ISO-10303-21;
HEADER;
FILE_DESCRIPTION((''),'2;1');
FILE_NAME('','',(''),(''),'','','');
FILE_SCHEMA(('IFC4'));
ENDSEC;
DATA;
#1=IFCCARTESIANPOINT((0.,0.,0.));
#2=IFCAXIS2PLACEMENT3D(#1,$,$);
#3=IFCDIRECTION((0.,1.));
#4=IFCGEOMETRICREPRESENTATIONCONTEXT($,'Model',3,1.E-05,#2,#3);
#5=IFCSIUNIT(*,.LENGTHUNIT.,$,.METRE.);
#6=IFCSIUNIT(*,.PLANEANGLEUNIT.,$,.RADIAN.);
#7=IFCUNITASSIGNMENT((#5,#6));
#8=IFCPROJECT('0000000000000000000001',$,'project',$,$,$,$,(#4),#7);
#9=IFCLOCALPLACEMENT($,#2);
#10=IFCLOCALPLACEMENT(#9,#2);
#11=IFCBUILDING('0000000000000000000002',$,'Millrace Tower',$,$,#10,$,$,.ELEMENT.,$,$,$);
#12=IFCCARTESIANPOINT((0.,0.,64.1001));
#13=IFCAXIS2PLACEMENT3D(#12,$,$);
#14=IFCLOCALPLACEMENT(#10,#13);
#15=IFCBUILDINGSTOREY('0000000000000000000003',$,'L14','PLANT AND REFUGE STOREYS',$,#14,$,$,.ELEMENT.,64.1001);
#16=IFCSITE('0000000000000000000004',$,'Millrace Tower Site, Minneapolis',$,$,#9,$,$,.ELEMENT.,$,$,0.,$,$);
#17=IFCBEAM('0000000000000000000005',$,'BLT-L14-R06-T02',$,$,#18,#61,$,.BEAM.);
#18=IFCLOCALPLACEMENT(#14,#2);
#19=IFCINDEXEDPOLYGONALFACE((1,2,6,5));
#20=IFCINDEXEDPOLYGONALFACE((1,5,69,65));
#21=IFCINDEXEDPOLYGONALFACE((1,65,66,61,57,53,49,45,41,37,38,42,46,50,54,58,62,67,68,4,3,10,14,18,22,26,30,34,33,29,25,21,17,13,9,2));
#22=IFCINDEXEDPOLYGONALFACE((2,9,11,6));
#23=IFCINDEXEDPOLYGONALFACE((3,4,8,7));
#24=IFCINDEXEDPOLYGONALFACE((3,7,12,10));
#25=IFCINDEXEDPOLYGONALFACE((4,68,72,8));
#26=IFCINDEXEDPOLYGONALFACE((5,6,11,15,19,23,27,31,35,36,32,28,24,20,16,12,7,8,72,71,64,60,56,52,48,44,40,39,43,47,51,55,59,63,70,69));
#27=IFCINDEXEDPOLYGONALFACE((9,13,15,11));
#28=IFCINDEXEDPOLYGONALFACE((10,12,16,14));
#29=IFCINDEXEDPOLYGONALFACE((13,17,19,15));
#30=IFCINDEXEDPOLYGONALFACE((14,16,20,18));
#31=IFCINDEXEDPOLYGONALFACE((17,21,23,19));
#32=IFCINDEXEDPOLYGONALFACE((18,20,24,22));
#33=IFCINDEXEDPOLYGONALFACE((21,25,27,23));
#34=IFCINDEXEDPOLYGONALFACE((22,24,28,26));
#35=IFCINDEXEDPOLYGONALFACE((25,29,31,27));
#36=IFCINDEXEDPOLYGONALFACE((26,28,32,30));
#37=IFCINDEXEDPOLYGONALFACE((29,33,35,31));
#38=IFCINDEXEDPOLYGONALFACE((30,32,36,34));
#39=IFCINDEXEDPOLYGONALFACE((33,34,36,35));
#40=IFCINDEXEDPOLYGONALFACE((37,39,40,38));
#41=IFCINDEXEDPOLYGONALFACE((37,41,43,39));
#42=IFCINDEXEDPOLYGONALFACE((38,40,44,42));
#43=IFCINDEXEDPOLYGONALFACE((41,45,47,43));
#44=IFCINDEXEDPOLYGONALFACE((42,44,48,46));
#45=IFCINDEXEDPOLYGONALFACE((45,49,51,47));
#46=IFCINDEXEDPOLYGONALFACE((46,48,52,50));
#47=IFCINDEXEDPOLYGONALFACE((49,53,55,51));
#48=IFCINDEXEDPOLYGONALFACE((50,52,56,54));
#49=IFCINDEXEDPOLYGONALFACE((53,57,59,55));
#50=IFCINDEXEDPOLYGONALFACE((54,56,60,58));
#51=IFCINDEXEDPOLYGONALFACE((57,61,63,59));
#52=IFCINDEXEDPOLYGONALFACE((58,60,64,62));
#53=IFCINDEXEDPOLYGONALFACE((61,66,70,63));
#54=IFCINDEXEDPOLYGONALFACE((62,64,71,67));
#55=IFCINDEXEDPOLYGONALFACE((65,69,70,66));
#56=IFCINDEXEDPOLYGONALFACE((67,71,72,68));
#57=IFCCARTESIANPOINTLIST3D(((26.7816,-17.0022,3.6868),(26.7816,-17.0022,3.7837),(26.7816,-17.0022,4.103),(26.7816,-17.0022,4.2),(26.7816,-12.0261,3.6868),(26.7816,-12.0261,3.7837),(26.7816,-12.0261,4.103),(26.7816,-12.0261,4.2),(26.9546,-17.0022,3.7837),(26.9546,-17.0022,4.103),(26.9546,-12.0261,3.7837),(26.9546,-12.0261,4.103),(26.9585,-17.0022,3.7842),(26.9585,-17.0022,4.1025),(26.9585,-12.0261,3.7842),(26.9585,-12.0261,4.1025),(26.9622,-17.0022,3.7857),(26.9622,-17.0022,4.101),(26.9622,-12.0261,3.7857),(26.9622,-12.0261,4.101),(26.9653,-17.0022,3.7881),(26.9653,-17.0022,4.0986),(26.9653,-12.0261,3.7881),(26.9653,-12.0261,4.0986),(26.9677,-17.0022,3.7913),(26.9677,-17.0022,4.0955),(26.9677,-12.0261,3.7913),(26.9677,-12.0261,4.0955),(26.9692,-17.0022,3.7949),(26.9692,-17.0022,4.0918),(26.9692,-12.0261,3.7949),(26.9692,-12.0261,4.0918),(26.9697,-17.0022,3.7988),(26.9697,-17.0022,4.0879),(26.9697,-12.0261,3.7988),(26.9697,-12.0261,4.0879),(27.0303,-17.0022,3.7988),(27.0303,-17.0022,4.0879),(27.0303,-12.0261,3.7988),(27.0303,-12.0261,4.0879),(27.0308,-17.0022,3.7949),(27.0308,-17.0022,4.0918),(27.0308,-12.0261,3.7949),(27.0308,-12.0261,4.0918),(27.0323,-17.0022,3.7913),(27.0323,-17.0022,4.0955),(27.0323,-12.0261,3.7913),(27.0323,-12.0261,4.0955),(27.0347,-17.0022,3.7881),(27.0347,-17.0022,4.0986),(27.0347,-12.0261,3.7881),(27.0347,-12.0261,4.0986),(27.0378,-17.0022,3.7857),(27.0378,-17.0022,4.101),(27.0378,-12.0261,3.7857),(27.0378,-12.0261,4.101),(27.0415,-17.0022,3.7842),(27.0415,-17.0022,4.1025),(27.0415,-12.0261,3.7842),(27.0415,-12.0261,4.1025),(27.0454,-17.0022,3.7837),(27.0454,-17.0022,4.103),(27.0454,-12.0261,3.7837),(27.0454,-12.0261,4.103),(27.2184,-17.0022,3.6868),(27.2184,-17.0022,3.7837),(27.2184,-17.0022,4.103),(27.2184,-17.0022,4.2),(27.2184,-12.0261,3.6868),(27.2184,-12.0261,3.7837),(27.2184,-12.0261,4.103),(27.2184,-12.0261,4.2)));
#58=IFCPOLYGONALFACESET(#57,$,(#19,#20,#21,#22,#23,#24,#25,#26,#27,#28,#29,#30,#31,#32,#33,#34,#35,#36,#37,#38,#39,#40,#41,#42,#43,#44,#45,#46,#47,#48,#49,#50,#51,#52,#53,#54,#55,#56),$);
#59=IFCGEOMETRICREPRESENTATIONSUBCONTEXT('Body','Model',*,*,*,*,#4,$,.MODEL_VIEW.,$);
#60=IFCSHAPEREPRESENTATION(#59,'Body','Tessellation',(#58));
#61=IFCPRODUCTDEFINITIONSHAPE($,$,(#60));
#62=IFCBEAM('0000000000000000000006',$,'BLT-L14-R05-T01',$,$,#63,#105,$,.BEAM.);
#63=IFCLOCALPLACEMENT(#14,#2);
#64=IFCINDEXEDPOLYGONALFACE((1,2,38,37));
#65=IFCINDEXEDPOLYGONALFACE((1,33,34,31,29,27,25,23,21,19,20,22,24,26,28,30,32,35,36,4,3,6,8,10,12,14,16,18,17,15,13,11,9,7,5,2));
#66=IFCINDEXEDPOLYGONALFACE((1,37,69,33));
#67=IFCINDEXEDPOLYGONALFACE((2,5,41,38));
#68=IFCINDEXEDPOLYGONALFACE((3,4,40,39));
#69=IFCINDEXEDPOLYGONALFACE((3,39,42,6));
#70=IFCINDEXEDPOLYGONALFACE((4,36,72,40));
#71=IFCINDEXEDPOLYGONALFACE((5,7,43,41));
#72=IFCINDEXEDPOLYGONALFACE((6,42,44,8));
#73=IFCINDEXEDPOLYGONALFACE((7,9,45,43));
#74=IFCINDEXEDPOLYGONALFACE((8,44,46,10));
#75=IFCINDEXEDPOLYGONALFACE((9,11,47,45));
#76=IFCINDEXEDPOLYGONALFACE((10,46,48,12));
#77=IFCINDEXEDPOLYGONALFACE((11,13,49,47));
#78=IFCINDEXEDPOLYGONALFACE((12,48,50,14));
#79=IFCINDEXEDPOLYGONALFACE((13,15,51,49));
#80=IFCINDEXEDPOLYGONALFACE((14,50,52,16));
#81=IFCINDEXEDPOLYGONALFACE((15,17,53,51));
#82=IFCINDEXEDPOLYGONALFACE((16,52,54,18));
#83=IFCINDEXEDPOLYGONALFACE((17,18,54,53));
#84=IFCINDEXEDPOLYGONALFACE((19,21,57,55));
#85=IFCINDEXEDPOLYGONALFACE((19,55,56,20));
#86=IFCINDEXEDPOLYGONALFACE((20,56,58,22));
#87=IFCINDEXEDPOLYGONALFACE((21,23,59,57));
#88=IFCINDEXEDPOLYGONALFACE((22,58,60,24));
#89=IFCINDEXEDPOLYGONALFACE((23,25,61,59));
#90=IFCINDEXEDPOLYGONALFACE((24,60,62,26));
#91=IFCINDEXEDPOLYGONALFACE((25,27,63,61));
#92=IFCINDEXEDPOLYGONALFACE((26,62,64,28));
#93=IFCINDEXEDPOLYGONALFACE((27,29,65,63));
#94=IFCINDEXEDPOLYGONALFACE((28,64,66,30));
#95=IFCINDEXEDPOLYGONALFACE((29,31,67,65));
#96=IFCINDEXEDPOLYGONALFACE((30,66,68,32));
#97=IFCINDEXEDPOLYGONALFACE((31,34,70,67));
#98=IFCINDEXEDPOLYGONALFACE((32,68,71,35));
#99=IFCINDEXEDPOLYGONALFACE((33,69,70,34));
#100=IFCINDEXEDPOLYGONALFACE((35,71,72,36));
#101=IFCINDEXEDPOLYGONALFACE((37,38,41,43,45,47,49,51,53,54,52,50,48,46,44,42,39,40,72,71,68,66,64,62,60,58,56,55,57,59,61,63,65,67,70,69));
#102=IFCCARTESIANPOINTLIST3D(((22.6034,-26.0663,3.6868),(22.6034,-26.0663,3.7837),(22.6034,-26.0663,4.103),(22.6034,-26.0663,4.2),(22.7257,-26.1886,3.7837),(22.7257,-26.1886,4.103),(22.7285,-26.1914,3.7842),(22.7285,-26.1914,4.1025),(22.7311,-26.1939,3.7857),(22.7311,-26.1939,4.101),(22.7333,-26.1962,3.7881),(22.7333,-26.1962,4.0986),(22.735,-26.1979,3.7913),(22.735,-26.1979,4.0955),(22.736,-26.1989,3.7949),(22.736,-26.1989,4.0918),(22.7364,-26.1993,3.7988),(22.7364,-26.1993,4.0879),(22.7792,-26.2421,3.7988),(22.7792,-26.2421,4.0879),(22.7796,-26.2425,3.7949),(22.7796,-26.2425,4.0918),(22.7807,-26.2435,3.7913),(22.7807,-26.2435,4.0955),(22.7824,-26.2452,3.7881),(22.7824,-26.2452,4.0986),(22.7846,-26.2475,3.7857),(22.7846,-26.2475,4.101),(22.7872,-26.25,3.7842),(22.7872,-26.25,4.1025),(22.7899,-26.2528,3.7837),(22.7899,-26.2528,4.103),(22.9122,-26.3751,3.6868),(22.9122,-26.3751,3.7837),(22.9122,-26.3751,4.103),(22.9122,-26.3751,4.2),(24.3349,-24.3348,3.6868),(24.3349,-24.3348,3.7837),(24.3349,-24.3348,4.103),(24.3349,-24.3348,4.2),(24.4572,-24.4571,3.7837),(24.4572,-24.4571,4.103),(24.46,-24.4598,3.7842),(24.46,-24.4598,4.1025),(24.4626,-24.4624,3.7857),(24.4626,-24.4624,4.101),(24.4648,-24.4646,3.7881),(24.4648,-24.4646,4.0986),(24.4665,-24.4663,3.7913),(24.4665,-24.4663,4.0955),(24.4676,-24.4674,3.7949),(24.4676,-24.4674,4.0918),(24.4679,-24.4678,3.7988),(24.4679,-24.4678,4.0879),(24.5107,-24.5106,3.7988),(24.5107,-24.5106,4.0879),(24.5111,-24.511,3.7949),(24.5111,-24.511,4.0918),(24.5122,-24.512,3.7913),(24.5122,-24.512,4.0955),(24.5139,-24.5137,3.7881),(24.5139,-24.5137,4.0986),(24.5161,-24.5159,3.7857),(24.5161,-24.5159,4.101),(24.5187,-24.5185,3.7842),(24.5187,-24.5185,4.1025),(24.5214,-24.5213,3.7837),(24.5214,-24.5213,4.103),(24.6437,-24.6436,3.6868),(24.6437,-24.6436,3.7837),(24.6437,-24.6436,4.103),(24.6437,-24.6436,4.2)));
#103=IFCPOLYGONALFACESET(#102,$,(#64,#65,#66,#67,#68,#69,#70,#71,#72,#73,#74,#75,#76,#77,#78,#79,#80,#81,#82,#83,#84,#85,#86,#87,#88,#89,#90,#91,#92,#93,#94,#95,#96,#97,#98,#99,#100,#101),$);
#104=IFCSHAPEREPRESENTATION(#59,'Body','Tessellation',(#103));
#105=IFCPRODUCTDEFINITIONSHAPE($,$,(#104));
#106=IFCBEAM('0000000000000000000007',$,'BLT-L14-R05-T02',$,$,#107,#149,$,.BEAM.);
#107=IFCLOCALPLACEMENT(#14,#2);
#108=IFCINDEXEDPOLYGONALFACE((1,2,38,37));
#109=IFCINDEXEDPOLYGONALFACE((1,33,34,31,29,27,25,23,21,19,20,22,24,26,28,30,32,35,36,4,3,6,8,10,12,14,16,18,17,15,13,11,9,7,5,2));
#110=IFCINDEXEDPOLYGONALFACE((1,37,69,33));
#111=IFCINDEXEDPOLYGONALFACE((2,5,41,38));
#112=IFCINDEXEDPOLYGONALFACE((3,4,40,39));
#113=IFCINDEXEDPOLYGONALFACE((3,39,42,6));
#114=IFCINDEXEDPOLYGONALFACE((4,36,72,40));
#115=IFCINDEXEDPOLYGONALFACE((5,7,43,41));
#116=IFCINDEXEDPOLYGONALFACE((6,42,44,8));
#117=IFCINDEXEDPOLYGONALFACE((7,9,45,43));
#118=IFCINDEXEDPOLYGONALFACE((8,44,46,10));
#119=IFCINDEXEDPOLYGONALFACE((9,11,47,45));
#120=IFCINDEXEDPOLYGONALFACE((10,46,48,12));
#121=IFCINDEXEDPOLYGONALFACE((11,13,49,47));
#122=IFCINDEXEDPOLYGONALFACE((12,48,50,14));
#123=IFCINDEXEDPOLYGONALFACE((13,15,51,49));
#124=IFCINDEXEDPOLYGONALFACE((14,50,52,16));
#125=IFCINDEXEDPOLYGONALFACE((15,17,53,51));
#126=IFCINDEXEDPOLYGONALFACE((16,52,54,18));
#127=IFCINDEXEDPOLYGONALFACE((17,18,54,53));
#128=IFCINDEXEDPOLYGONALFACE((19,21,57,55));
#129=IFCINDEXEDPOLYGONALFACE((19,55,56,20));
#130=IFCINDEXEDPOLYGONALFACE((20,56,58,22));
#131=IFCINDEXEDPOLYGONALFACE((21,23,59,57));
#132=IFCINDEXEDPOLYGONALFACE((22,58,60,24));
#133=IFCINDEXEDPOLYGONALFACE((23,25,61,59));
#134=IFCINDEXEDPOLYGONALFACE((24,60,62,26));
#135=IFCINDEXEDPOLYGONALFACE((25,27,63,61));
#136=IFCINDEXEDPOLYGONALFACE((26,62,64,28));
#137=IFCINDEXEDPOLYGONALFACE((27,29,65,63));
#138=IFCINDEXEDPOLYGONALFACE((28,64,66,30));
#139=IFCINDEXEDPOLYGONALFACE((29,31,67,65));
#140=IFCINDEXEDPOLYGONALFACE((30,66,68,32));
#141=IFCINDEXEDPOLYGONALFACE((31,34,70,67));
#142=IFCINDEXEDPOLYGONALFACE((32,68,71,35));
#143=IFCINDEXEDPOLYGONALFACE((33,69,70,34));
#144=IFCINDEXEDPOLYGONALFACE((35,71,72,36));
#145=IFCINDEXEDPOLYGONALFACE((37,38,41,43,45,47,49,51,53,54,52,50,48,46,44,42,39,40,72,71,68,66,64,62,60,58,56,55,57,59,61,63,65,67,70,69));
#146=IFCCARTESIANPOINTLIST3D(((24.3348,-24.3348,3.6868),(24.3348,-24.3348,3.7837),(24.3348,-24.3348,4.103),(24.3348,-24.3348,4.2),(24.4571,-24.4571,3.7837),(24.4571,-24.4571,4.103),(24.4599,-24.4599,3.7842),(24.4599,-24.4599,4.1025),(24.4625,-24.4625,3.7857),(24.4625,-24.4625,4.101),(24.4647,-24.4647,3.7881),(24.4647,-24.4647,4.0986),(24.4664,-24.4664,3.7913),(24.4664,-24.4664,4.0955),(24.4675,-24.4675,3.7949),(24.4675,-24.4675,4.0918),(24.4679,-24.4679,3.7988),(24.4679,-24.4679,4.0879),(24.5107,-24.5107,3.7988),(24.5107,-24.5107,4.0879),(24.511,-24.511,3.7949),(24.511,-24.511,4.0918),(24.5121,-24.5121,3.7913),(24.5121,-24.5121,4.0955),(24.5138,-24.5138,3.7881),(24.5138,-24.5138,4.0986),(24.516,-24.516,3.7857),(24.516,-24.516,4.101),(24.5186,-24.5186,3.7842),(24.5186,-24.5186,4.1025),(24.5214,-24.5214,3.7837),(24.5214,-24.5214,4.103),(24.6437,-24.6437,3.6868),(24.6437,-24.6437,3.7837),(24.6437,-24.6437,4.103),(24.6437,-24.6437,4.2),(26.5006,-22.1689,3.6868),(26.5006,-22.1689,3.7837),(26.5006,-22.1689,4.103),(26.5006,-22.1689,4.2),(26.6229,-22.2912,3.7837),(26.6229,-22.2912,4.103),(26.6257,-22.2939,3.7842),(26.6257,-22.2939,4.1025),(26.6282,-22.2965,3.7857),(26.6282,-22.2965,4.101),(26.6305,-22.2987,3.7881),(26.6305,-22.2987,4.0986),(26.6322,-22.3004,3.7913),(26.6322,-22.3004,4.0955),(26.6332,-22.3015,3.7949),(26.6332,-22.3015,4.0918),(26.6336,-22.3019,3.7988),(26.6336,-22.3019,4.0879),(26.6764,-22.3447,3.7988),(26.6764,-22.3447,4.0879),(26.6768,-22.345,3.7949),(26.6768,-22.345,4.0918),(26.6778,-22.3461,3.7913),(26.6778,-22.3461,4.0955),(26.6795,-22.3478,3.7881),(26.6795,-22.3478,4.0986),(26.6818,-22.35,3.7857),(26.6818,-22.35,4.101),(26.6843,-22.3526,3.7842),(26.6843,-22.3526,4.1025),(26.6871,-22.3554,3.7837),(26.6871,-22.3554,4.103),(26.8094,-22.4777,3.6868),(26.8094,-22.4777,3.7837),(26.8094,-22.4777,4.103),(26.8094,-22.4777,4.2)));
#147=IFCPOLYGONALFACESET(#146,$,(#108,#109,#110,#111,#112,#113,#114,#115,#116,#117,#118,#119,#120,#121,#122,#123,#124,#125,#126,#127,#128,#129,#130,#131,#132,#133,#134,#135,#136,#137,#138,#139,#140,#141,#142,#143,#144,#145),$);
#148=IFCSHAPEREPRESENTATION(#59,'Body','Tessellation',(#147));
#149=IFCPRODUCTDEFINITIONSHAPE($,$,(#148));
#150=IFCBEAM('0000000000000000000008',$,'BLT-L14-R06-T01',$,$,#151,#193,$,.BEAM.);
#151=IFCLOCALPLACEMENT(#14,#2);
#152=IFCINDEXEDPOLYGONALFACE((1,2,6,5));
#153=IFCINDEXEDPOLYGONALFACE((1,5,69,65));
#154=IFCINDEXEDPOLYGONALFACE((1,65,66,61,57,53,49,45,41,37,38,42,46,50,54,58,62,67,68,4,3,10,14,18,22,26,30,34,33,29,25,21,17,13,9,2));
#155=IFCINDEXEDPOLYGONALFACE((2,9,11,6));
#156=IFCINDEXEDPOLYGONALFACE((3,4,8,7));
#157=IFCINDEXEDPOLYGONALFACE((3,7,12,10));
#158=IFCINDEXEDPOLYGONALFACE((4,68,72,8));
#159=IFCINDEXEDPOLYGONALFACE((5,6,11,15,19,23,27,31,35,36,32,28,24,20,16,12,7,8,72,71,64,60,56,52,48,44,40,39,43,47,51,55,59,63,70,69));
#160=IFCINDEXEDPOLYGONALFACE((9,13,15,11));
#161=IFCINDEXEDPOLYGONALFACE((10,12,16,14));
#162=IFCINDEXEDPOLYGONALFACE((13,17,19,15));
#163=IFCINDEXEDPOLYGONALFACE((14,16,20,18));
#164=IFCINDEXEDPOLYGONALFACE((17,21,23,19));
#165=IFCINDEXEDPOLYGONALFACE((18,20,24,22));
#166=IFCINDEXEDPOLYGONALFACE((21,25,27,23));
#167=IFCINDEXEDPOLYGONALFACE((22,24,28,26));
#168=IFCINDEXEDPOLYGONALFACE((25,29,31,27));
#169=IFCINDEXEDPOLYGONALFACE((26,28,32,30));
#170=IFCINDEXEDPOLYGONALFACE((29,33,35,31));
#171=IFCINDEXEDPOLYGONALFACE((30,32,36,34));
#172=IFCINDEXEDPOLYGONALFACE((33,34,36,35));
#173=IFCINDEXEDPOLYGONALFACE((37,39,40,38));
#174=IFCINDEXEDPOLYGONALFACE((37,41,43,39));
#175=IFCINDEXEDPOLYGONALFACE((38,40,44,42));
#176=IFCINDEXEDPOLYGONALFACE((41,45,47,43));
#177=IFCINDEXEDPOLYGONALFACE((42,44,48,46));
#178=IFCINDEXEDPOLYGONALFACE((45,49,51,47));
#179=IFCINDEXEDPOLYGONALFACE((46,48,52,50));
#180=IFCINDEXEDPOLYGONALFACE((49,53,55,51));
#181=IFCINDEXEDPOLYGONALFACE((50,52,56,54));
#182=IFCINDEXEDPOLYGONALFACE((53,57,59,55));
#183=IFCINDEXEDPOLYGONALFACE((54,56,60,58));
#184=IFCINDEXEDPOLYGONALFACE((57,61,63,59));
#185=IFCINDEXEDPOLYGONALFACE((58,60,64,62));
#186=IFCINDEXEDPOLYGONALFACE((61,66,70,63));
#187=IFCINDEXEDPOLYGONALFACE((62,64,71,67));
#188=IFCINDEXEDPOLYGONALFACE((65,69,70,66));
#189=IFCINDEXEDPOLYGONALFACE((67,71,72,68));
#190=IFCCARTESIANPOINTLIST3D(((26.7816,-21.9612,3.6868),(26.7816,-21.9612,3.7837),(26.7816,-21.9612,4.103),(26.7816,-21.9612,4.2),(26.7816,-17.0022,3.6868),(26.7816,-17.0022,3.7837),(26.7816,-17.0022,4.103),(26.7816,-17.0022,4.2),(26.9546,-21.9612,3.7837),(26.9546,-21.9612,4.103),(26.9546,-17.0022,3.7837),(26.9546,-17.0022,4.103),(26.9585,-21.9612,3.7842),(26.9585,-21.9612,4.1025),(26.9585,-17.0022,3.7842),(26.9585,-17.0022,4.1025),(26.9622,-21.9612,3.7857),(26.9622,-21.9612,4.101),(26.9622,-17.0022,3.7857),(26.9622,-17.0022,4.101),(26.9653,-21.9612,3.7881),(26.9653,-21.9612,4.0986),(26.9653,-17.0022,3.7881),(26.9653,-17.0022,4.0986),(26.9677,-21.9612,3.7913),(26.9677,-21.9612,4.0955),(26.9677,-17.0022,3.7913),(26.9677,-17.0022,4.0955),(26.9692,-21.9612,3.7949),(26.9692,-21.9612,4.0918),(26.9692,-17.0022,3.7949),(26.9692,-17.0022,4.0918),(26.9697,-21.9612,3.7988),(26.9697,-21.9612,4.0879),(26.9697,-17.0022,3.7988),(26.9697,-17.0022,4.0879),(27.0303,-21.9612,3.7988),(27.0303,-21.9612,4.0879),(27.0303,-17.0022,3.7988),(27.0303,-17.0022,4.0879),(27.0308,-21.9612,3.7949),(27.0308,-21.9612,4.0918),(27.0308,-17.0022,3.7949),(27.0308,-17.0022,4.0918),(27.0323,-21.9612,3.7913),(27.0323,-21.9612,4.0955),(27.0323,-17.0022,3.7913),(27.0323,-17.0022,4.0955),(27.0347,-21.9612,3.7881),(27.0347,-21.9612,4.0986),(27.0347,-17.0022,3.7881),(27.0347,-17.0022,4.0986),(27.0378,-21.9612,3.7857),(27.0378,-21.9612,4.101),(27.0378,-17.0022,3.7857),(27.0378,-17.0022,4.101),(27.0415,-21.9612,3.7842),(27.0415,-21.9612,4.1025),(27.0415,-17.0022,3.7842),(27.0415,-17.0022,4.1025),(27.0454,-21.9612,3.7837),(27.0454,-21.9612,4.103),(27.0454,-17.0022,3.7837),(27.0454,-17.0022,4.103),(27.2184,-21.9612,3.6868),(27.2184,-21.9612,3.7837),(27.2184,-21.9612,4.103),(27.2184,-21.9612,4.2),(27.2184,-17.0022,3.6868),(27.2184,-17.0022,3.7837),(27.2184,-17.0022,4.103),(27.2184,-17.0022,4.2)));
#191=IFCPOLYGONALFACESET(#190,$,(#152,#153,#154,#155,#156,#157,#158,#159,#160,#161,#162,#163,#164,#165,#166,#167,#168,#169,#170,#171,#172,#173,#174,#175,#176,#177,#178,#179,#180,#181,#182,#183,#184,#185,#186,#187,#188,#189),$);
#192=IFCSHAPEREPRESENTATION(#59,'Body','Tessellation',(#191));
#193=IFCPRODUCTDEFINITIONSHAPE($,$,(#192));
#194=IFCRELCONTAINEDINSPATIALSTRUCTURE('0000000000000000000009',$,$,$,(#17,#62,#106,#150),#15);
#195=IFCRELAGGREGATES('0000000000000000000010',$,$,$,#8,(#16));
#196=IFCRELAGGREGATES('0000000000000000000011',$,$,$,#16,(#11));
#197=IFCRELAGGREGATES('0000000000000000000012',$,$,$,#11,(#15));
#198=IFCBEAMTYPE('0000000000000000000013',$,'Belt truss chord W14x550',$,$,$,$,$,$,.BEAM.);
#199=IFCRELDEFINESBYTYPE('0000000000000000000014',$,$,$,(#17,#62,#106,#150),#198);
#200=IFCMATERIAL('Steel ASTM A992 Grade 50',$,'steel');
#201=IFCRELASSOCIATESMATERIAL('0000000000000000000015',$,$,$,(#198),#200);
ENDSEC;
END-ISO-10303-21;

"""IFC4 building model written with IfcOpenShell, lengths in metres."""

from ifc_helpers import new_model, si_unit, direction, frame, origin, origin_2d, place, context, subcontext, project, spatial, i_section, extrude, material, material_profile, profile_set, type_object, element, save


model = new_model("IFC4")

# Units and contexts
model_context = context("Model", 3, precision=1e-05, world=origin(), true_north=direction((0.0, 1.0)))
body_context = subcontext(model_context, "Body", "Model", "MODEL_VIEW")
ifc_project = project(units=[si_unit("LENGTHUNIT", "METRE"), si_unit("PLANEANGLEUNIT", "RADIAN")], contexts=[model_context])

# Site, building, storey
site_placement = place(None, origin())
site = spatial("IfcSite", under=ifc_project, at=site_placement, Name="Millrace Tower Site, Minneapolis", CompositionType="ELEMENT", RefElevation=0.0)
building_placement = place(site_placement, origin())
building = spatial("IfcBuilding", under=site, at=building_placement, Name="Millrace Tower", CompositionType="ELEMENT")
storey_placement = place(building_placement, frame((0.0, 0.0, 64.1001)))
storey = spatial("IfcBuildingStorey", under=building, at=storey_placement, Name="L14", Description="PLANT AND REFUGE STOREYS", CompositionType="ELEMENT", Elevation=64.1001)

# Beams
ifc_material_1 = material(Name="Steel ASTM A992 Grade 50", Category="steel")
ifc_material_profile_1 = material_profile(ifc_material_1, i_section(OverallWidth=0.4368, OverallDepth=0.5132, WebThickness=0.0605, FlangeThickness=0.0969, FilletRadius=0.0151, at=origin_2d()))
ifc_profile_set_1 = profile_set([ifc_material_profile_1], Name="Steel ASTM A992 Grade 50")
beam_type_1 = type_object("IfcBeamType", Name="Belt truss chord W14x550", PredefinedType="BEAM", material=ifc_profile_set_1)
for number, where, z_axis, x_axis, name in (
    (1, (27.0, -17.0022, 3.9434), (0.0, 1.0, 0.0), (-1.0, 0.0, 0.0), "BLT-L14-R06-T02"),
):
    element("IfcBeam", number, at=place(storey_placement, frame(where, z_axis=z_axis, x_axis=x_axis)), inside=storey, type_object=beam_type_1, Name=name, PredefinedType="BEAM", context=body_context, shape_type="SweptSolid", body=[
        extrude(i_section(OverallWidth=0.4368, OverallDepth=0.5132, WebThickness=0.0605, FlangeThickness=0.0969, FilletRadius=0.0151, at=origin_2d()), origin(), (0.0, 0.0, 1.0), 4.9761),
    ])
beam_1_placement = place(storey_placement, frame((22.7578, -26.2207, 3.9434), z_axis=(0.707107, 0.707107, 0.0), x_axis=(-0.707107, 0.707107, 0.0)))
element("IfcBeam", 2, at=beam_1_placement, inside=storey, type_object=beam_type_1, Name="BLT-L14-R05-T01", PredefinedType="BEAM", context=body_context, shape_type="SweptSolid", body=[
    extrude(i_section(OverallWidth=0.4368, OverallDepth=0.5132, WebThickness=0.0605, FlangeThickness=0.0969, FilletRadius=0.0151, at=origin_2d()), origin(), (0.0, 0.0, 1.0), 2.4487),
])
beam_2_placement = place(storey_placement, frame((24.4893, -24.4893, 3.9434), z_axis=(0.707067, 0.707147, 0.0), x_axis=(-0.707147, 0.707067, 0.0)))
element("IfcBeam", 3, at=beam_2_placement, inside=storey, type_object=beam_type_1, Name="BLT-L14-R05-T02", PredefinedType="BEAM", context=body_context, shape_type="SweptSolid", body=[
    extrude(i_section(OverallWidth=0.4368, OverallDepth=0.5132, WebThickness=0.0605, FlangeThickness=0.0969, FilletRadius=0.0151, at=origin_2d()), origin(), (0.0, 0.0, 1.0), 3.063),
])
beam_3_placement = place(storey_placement, frame((27.0, -21.9612, 3.9434), z_axis=(0.0, 1.0, 0.0), x_axis=(-1.0, 0.0, 0.0)))
element("IfcBeam", 4, at=beam_3_placement, inside=storey, type_object=beam_type_1, Name="BLT-L14-R06-T01", PredefinedType="BEAM", context=body_context, shape_type="SweptSolid", body=[
    extrude(i_section(OverallWidth=0.4368, OverallDepth=0.5132, WebThickness=0.0605, FlangeThickness=0.0969, FilletRadius=0.0151, at=origin_2d()), origin(), (0.0, 0.0, 1.0), 4.959),
])

save(model, "model.ifc")
